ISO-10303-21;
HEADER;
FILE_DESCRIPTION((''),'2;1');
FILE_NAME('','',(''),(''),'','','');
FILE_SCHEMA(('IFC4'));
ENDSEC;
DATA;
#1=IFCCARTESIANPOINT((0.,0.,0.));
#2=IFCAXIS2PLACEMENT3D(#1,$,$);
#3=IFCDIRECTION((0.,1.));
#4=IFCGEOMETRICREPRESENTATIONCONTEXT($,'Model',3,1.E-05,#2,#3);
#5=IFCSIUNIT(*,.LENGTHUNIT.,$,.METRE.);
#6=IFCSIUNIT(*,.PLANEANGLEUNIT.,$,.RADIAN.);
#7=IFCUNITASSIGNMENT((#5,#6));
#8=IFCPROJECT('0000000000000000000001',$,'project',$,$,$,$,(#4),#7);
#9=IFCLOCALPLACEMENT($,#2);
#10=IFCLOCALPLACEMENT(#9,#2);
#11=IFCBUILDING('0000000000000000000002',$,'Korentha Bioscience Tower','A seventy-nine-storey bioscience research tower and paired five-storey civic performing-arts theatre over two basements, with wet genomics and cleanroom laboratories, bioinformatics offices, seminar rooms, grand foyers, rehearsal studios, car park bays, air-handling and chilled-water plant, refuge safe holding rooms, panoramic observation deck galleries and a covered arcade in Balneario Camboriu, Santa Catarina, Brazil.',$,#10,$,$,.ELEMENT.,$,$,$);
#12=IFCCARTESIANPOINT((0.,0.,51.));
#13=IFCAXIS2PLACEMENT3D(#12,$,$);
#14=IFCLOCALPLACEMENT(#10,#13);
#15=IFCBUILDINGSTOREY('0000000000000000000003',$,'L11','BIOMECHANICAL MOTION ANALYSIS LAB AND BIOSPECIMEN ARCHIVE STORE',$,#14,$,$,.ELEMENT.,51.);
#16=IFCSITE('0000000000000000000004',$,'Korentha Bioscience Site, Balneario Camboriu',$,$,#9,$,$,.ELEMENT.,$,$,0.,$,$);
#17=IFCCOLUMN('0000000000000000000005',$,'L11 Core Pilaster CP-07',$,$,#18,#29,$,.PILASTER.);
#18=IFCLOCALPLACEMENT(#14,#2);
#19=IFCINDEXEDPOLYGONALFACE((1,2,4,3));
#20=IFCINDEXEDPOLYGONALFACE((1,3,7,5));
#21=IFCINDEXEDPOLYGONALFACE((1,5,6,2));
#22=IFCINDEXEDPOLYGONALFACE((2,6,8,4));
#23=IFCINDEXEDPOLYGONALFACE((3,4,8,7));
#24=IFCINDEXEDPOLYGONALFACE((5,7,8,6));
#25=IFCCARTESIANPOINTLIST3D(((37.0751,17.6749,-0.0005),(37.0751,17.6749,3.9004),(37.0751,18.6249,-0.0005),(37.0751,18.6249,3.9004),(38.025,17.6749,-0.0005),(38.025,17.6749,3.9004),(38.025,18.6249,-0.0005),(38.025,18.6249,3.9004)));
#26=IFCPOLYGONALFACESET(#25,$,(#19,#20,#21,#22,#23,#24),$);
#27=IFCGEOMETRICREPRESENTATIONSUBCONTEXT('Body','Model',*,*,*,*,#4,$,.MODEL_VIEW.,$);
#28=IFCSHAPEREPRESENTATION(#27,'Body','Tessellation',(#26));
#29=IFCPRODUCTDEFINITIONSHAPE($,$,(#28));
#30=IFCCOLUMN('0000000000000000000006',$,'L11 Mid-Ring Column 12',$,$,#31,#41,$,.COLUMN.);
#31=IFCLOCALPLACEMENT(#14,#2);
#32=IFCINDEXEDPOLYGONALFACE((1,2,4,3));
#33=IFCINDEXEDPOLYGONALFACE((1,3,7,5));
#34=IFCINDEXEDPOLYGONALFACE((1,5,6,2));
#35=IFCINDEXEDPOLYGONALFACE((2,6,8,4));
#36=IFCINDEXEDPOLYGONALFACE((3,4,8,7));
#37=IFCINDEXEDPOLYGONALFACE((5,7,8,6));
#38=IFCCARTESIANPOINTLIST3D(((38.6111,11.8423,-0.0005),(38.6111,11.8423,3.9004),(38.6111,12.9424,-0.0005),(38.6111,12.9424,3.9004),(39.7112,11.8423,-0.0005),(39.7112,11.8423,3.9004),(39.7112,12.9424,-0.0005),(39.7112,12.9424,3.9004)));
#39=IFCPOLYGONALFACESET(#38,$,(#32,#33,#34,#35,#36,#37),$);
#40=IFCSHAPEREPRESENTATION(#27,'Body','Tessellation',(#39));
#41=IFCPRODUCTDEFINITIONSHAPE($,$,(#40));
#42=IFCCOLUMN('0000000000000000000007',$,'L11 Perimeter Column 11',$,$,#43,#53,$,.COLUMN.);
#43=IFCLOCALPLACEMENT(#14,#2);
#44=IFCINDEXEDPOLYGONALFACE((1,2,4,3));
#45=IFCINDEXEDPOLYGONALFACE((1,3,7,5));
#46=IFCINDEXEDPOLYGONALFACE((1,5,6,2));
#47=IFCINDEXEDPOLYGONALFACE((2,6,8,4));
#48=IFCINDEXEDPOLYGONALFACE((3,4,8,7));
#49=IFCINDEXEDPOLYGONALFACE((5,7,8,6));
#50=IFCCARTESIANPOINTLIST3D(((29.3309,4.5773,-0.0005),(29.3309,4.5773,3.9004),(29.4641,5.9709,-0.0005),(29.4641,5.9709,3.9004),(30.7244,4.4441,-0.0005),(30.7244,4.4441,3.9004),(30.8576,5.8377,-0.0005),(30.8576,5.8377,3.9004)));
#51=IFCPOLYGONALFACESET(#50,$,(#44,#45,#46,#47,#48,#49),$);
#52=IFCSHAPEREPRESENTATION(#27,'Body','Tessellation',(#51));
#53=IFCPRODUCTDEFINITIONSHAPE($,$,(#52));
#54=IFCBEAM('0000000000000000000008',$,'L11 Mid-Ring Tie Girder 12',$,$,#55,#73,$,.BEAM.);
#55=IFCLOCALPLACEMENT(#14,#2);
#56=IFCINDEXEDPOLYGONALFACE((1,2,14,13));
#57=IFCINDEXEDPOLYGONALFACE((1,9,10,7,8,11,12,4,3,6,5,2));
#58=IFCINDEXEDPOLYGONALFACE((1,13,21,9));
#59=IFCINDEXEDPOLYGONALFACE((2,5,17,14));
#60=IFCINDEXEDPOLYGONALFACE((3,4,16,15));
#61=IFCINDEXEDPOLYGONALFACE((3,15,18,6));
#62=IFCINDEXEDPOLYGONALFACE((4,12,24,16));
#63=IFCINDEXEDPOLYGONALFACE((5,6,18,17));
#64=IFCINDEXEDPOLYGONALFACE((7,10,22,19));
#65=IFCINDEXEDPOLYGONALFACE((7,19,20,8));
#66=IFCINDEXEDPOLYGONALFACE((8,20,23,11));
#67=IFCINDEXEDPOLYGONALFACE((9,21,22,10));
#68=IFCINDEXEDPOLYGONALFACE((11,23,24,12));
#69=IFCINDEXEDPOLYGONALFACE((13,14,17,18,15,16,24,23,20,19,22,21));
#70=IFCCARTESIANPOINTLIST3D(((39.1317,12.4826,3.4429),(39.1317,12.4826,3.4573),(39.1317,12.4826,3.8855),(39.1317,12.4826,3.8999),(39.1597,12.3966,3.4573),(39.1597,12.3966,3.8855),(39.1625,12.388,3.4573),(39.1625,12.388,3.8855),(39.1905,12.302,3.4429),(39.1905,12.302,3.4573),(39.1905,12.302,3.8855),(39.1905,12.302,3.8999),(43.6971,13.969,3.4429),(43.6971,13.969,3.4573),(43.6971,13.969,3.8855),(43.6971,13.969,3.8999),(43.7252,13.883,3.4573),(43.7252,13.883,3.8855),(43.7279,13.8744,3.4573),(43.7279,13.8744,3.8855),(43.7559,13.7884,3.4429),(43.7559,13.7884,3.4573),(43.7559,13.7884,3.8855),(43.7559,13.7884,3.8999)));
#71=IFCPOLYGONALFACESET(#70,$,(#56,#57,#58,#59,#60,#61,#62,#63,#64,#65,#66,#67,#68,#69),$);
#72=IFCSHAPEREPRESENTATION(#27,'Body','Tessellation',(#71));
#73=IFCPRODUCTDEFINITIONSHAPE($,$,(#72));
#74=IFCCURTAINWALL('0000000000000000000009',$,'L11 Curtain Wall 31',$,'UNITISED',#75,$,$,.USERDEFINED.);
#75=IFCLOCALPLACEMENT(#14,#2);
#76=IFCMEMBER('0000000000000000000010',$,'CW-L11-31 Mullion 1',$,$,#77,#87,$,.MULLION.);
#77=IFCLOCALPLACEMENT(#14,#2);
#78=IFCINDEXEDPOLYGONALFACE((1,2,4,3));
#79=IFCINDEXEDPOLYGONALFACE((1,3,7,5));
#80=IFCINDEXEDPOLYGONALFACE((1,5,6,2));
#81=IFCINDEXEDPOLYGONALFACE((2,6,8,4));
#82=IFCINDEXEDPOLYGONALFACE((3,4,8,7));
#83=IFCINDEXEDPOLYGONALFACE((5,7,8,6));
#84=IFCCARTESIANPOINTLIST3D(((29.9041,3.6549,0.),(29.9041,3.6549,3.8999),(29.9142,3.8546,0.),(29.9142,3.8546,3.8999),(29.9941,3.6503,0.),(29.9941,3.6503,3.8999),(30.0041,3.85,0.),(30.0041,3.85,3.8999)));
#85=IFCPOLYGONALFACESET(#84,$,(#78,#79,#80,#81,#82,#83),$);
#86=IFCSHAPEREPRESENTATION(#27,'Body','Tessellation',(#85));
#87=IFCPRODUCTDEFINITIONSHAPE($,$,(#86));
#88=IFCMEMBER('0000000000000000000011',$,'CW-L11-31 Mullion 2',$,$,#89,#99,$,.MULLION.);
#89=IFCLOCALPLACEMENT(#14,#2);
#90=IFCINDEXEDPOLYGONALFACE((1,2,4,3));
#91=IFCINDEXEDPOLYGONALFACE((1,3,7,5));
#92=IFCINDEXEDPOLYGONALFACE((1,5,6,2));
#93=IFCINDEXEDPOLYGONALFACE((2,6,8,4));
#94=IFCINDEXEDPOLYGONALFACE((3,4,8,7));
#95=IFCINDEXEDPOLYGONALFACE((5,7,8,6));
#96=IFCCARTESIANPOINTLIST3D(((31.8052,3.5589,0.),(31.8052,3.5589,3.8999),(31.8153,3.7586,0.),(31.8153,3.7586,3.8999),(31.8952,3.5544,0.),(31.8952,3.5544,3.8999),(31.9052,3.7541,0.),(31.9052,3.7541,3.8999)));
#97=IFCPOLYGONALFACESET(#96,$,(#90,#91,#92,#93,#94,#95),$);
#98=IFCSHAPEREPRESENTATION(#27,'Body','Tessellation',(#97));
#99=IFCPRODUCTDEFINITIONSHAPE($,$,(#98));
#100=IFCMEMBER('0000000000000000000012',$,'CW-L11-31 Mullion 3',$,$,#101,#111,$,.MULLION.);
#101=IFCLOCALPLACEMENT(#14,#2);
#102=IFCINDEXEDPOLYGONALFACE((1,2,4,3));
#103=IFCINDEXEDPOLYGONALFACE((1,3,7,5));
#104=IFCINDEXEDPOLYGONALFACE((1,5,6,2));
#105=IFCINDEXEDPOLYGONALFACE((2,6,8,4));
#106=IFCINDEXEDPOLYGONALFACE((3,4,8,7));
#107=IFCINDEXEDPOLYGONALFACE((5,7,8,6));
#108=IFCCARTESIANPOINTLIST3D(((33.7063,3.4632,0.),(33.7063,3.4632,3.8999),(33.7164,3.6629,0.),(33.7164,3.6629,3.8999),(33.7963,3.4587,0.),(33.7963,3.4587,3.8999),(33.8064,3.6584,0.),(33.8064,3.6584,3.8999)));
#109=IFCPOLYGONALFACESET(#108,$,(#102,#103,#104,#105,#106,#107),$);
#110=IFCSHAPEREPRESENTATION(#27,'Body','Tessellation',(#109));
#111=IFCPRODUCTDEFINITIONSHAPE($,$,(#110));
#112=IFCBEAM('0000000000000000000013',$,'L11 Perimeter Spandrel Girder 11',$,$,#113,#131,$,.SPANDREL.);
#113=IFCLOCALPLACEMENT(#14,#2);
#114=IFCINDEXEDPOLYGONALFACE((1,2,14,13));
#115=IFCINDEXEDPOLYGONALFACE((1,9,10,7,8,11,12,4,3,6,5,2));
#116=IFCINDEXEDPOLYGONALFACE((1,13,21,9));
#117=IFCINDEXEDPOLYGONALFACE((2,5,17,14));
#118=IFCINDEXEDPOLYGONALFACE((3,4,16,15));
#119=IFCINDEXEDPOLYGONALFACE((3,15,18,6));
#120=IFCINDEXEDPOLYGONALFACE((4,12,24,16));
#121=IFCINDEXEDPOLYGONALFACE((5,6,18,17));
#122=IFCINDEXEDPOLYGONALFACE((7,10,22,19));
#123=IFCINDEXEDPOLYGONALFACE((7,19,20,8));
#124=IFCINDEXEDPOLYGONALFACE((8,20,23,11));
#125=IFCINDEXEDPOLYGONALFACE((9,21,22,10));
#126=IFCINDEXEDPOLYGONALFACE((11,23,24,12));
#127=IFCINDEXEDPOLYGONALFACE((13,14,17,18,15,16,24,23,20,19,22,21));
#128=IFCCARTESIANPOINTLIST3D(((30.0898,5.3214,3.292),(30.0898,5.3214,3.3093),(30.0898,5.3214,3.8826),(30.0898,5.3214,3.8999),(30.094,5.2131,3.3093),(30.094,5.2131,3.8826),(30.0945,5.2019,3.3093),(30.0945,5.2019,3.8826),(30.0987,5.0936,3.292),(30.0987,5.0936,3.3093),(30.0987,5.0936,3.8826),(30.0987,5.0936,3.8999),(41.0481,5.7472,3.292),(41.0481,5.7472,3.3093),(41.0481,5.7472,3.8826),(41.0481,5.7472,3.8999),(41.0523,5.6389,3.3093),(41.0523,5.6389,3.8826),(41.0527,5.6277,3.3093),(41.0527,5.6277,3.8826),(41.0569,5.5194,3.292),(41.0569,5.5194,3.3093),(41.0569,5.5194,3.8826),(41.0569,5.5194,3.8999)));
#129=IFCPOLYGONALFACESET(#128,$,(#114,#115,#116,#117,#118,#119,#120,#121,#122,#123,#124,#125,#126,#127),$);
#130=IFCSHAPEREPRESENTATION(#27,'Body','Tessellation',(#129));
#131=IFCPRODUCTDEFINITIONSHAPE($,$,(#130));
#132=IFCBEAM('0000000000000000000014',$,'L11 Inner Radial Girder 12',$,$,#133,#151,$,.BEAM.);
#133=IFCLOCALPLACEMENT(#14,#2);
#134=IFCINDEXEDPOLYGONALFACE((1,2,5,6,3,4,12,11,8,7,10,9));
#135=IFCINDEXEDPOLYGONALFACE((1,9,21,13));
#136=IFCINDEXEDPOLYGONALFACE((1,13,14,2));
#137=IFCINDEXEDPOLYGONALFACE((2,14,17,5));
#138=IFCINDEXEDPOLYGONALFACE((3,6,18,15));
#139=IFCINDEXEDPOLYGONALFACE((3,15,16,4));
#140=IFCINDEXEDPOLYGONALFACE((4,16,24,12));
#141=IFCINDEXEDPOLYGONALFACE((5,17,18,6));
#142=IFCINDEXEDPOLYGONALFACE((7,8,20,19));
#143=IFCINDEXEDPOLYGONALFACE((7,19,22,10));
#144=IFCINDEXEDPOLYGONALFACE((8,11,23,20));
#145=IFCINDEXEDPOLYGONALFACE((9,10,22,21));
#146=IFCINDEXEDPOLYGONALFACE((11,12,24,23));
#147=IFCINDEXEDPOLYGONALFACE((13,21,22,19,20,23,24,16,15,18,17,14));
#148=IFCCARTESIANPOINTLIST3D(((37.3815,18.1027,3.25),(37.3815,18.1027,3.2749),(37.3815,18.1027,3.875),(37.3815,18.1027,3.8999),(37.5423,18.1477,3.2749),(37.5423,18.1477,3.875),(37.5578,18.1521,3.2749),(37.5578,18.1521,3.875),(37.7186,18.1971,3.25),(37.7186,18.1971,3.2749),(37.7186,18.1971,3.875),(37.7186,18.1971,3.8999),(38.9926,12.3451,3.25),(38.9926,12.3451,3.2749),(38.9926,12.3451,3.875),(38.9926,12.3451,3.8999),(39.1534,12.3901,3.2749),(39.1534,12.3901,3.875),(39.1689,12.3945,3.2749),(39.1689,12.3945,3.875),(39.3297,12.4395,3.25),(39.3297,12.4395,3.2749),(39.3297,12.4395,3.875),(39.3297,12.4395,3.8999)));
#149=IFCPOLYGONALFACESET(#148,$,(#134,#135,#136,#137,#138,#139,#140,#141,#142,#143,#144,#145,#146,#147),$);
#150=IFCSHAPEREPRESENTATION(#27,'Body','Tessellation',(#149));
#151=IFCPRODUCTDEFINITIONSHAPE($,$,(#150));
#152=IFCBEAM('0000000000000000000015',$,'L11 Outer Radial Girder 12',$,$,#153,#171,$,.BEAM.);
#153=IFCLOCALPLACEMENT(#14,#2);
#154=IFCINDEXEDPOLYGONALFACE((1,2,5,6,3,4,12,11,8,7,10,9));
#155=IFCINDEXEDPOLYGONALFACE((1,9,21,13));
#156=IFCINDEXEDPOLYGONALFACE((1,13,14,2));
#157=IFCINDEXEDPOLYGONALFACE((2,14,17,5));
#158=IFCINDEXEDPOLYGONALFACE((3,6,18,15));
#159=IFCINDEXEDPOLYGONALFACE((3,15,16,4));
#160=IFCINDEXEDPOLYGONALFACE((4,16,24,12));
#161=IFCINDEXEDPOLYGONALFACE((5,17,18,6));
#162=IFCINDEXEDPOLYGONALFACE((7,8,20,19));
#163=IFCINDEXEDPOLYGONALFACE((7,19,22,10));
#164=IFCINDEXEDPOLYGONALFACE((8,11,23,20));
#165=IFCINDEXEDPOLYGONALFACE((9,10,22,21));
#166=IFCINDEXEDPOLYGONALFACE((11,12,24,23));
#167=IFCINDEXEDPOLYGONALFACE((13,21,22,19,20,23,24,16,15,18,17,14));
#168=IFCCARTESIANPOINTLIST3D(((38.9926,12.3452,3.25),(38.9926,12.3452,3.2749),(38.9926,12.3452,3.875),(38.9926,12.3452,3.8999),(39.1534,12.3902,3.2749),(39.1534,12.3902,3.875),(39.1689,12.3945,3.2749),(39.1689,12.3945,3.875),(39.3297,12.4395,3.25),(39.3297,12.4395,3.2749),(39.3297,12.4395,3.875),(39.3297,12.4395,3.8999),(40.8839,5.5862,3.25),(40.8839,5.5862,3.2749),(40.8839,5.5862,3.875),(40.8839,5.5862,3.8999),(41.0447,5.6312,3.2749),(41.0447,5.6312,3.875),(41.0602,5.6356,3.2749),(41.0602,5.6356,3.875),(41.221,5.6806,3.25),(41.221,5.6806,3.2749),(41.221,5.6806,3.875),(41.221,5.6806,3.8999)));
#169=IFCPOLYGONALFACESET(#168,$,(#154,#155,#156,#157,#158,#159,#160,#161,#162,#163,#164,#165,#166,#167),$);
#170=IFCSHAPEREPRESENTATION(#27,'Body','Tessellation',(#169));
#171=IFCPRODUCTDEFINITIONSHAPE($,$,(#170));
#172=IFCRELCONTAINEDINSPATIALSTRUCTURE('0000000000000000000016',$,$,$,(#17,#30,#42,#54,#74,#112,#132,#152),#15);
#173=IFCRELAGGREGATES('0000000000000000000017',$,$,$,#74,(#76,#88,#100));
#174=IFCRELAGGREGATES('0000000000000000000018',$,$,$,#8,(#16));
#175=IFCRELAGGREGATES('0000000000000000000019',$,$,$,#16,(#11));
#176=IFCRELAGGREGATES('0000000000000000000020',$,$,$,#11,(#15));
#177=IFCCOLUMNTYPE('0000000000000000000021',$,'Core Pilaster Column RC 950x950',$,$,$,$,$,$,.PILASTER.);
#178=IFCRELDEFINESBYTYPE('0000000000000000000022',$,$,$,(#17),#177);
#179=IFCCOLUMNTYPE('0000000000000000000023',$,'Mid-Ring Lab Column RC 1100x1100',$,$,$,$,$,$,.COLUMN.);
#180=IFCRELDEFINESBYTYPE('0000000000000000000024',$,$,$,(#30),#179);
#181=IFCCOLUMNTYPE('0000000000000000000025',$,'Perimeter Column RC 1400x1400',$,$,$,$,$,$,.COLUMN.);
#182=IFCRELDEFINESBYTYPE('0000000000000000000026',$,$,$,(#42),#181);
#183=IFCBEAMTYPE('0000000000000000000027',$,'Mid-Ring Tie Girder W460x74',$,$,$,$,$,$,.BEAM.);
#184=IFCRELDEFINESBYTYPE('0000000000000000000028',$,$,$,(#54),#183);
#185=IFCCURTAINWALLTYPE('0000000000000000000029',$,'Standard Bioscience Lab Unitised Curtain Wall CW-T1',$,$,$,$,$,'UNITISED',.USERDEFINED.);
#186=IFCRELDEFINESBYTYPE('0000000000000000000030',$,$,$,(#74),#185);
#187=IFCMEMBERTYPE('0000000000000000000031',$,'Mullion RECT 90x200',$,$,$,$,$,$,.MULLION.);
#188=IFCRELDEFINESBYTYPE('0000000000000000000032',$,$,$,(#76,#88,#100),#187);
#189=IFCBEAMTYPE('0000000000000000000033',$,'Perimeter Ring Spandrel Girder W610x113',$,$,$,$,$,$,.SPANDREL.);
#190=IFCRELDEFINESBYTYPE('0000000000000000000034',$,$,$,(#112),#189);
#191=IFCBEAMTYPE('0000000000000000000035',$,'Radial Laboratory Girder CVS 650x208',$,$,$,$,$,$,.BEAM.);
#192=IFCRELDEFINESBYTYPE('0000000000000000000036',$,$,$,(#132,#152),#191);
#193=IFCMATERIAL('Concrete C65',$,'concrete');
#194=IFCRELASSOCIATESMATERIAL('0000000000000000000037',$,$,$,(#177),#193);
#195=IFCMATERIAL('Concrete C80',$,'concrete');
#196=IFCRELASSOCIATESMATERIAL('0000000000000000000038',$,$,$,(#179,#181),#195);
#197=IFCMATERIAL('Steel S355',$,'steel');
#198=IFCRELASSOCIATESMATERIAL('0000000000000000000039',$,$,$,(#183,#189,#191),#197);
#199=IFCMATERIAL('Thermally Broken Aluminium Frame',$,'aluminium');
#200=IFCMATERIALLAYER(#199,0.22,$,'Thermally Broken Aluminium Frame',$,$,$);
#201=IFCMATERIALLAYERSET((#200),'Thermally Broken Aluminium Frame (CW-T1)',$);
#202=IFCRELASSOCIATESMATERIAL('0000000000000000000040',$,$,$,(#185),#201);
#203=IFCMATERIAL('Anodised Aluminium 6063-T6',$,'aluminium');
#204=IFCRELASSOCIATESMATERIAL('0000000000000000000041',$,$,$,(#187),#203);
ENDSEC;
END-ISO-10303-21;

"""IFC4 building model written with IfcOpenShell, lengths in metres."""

from ifc_helpers import new_model, si_unit, direction, frame, origin, origin_2d, place, context, subcontext, project, spatial, rectangle, i_section, extrude, material, layer, layer_set, material_profile, profile_set, type_object, element, aggregate, save


model = new_model("IFC4")

# Units and contexts
model_context = context("Model", 3, precision=1e-05, world=origin(), true_north=direction((0.0, 1.0)))
body_context = subcontext(model_context, "Body", "Model", "MODEL_VIEW")
ifc_project = project(units=[si_unit("LENGTHUNIT", "METRE"), si_unit("PLANEANGLEUNIT", "RADIAN")], contexts=[model_context])

# Site, building, storey
site_placement = place(None, origin())
site = spatial("IfcSite", under=ifc_project, at=site_placement, Name="Korentha Bioscience Site, Balneario Camboriu", CompositionType="ELEMENT", RefElevation=0.0)
building_placement = place(site_placement, origin())
building = spatial("IfcBuilding", under=site, at=building_placement, Name="Korentha Bioscience Tower", Description="A seventy-nine-storey bioscience research tower and paired five-storey civic performing-arts theatre over two basements, with wet genomics and cleanroom laboratories, bioinformatics offices, seminar rooms, grand foyers, rehearsal studios, car park bays, air-handling and chilled-water plant, refuge safe holding rooms, panoramic observation deck galleries and a covered arcade in Balneario Camboriu, Santa Catarina, Brazil.", CompositionType="ELEMENT")
storey_placement = place(building_placement, frame((0.0, 0.0, 51.0)))
storey = spatial("IfcBuildingStorey", under=building, at=storey_placement, Name="L11", Description="BIOMECHANICAL MOTION ANALYSIS LAB AND BIOSPECIMEN ARCHIVE STORE", CompositionType="ELEMENT", Elevation=51.0)

# Columns
ifc_material_1 = material(Name="Concrete C65", Category="concrete")
ifc_material_profile_1 = material_profile(ifc_material_1, rectangle(XDim=0.95, YDim=0.95, at=origin_2d()), Name="Concrete C65")
ifc_profile_set_1 = profile_set([ifc_material_profile_1], Name="Concrete C65 (COL-CP09)")
column_type_1 = type_object("IfcColumnType", Name="Core Pilaster Column RC 950x950", PredefinedType="PILASTER", material=ifc_profile_set_1)
column_1_placement = place(storey_placement, frame((37.55, 18.1499, -0.0005), z_axis=(0.0, 0.0, 1.0), x_axis=(1.0, 0.0, 0.0)))
element("IfcColumn", 1, at=column_1_placement, inside=storey, type_object=column_type_1, Name="L11 Core Pilaster CP-07", PredefinedType="PILASTER", context=body_context, shape_type="SweptSolid", body=[
    extrude(rectangle(XDim=0.95, YDim=0.95, at=origin_2d()), origin(), (0.0, 0.0, 1.0), 3.9009),
])
ifc_material_2 = material(Name="Concrete C80", Category="concrete")
ifc_material_profile_2 = material_profile(ifc_material_2, rectangle(XDim=1.1001, YDim=1.1001, at=origin_2d()), Name="Concrete C80")
ifc_profile_set_2 = profile_set([ifc_material_profile_2], Name="Concrete C80 (COL-MR11)")
column_type_2 = type_object("IfcColumnType", Name="Mid-Ring Lab Column RC 1100x1100", PredefinedType="COLUMN", material=ifc_profile_set_2)
column_2_placement = place(storey_placement, frame((39.1611, 12.3923, -0.0005), z_axis=(0.0, 0.0, 1.0), x_axis=(1.0, 0.0, 0.0)))
element("IfcColumn", 2, at=column_2_placement, inside=storey, type_object=column_type_2, Name="L11 Mid-Ring Column 12", PredefinedType="COLUMN", context=body_context, shape_type="SweptSolid", body=[
    extrude(rectangle(XDim=1.1001, YDim=1.1001, at=origin_2d()), origin(), (0.0, 0.0, 1.0), 3.9009),
])
ifc_material_profile_3 = material_profile(ifc_material_2, rectangle(XDim=1.3999, YDim=1.3999, at=origin_2d()), Name="Concrete C80")
ifc_profile_set_3 = profile_set([ifc_material_profile_3], Name="Concrete C80 (COL-P14)")
column_type_3 = type_object("IfcColumnType", Name="Perimeter Column RC 1400x1400", PredefinedType="COLUMN", material=ifc_profile_set_3)
column_3_placement = place(storey_placement, frame((30.0942, 5.2075, -0.0005), z_axis=(0.0, 0.0, 1.0), x_axis=(-0.995463, 0.095151, 0.0)))
element("IfcColumn", 3, at=column_3_placement, inside=storey, type_object=column_type_3, Name="L11 Perimeter Column 11", PredefinedType="COLUMN", context=body_context, shape_type="SweptSolid", body=[
    extrude(rectangle(XDim=1.3999, YDim=1.3999, at=origin_2d()), origin(), (0.0, 0.0, 1.0), 3.9009),
])

# Beam
ifc_material_3 = material(Name="Steel S355", Category="steel")
ifc_material_profile_4 = material_profile(ifc_material_3, i_section(OverallWidth=0.1899, OverallDepth=0.457, WebThickness=0.009, FlangeThickness=0.0144, at=origin_2d()), Name="Steel S355")
ifc_profile_set_4 = profile_set([ifc_material_profile_4], Name="Steel S355 (MB-460)")
beam_type_1 = type_object("IfcBeamType", Name="Mid-Ring Tie Girder W460x74", PredefinedType="BEAM", material=ifc_profile_set_4)
beam_1_placement = place(storey_placement, frame((39.1611, 12.3923, 3.6714), z_axis=(0.950877, 0.309569, 0.0), x_axis=(-0.309569, 0.950877, 0.0)))
element("IfcBeam", 4, at=beam_1_placement, inside=storey, type_object=beam_type_1, Name="L11 Mid-Ring Tie Girder 12", PredefinedType="BEAM", context=body_context, shape_type="SweptSolid", body=[
    extrude(i_section(OverallWidth=0.1899, OverallDepth=0.457, WebThickness=0.009, FlangeThickness=0.0144, at=origin_2d()), origin(), (0.0, 0.0, 1.0), 4.8013),
])

# Curtain wall, members
ifc_material_4 = material(Name="Thermally Broken Aluminium Frame", Category="aluminium")
ifc_layer_1 = layer(ifc_material_4, 0.22, Name="Thermally Broken Aluminium Frame")
ifc_layer_set_1 = layer_set([ifc_layer_1], Name="Thermally Broken Aluminium Frame (CW-T1)")
curtain_wall_type = type_object("IfcCurtainWallType", Name="Standard Bioscience Lab Unitised Curtain Wall CW-T1", ElementType="UNITISED", PredefinedType="USERDEFINED", material=ifc_layer_set_1)
curtain_wall_placement = place(storey_placement, origin())
curtain_wall = element("IfcCurtainWall", 5, at=curtain_wall_placement, inside=storey, type_object=curtain_wall_type, Name="L11 Curtain Wall 31", ObjectType="UNITISED", PredefinedType="USERDEFINED")
ifc_material_5 = material(Name="Anodised Aluminium 6063-T6", Category="aluminium")
ifc_material_profile_5 = material_profile(ifc_material_5, rectangle(XDim=0.0901, YDim=0.2, at=origin_2d()), Name="Anodised Aluminium 6063-T6")
ifc_profile_set_5 = profile_set([ifc_material_profile_5], Name="Anodised Aluminium 6063-T6 (CW-MUL)")
member_type_1 = type_object("IfcMemberType", Name="Mullion RECT 90x200", PredefinedType="MULLION", material=ifc_profile_set_5)
member_1_placement = place(storey_placement, frame((29.9541, 3.7524, 0.0), z_axis=(0.0, 0.0, 1.0), x_axis=(0.998731, -0.050371, 0.0)))
member_1 = element("IfcMember", 6, at=member_1_placement, type_object=member_type_1, Name="CW-L11-31 Mullion 1", PredefinedType="MULLION", context=body_context, shape_type="SweptSolid", body=[
    extrude(rectangle(XDim=0.0901, YDim=0.2, at=origin_2d()), origin(), (0.0, 0.0, 1.0), 3.8999),
])
member_2_placement = place(storey_placement, frame((31.8552, 3.6565, 0.0), z_axis=(0.0, 0.0, 1.0), x_axis=(0.998731, -0.050371, 0.0)))
member_2 = element("IfcMember", 7, at=member_2_placement, type_object=member_type_1, Name="CW-L11-31 Mullion 2", PredefinedType="MULLION", context=body_context, shape_type="SweptSolid", body=[
    extrude(rectangle(XDim=0.0901, YDim=0.2, at=origin_2d()), origin(), (0.0, 0.0, 1.0), 3.8999),
])
member_3_placement = place(storey_placement, frame((33.7563, 3.5608, 0.0), z_axis=(0.0, 0.0, 1.0), x_axis=(0.998731, -0.050371, 0.0)))
member_3 = element("IfcMember", 8, at=member_3_placement, type_object=member_type_1, Name="CW-L11-31 Mullion 3", PredefinedType="MULLION", context=body_context, shape_type="SweptSolid", body=[
    extrude(rectangle(XDim=0.0901, YDim=0.2, at=origin_2d()), origin(), (0.0, 0.0, 1.0), 3.8999),
])

# Beams
ifc_material_profile_6 = material_profile(ifc_material_3, i_section(OverallWidth=0.228, OverallDepth=0.6079, WebThickness=0.0112, FlangeThickness=0.0173, at=origin_2d()), Name="Steel S355")
ifc_profile_set_6 = profile_set([ifc_material_profile_6], Name="Steel S355 (SB-610)")
beam_type_2 = type_object("IfcBeamType", Name="Perimeter Ring Spandrel Girder W610x113", PredefinedType="SPANDREL", material=ifc_profile_set_6)
beam_2_placement = place(storey_placement, frame((30.0942, 5.2075, 3.5959), z_axis=(0.999246, 0.038826, 0.0), x_axis=(-0.038826, 0.999246, 0.0)))
element("IfcBeam", 9, at=beam_2_placement, inside=storey, type_object=beam_type_2, Name="L11 Perimeter Spandrel Girder 11", PredefinedType="SPANDREL", context=body_context, shape_type="SweptSolid", body=[
    extrude(i_section(OverallWidth=0.228, OverallDepth=0.6079, WebThickness=0.0112, FlangeThickness=0.0173, at=origin_2d()), origin(), (0.0, 0.0, 1.0), 10.9666),
])
ifc_material_profile_7 = material_profile(ifc_material_3, i_section(OverallWidth=0.3501, OverallDepth=0.6499, WebThickness=0.0161, FlangeThickness=0.0249, at=origin_2d()), Name="Steel S355")
ifc_profile_set_7 = profile_set([ifc_material_profile_7], Name="Steel S355 (RB-650)")
beam_type_3 = type_object("IfcBeamType", Name="Radial Laboratory Girder CVS 650x208", PredefinedType="BEAM", material=ifc_profile_set_7)
beam_3_placement = place(storey_placement, frame((37.55, 18.1499, 3.575), z_axis=(0.269469, -0.963009, 0.0), x_axis=(0.963009, 0.269469, 0.0)))
element("IfcBeam", 10, at=beam_3_placement, inside=storey, type_object=beam_type_3, Name="L11 Inner Radial Girder 12", PredefinedType="BEAM", context=body_context, shape_type="SweptSolid", body=[
    extrude(i_section(OverallWidth=0.3501, OverallDepth=0.6499, WebThickness=0.0161, FlangeThickness=0.0249, at=origin_2d()), origin(), (0.0, 0.0, 1.0), 5.9788),
])
beam_4_placement = place(storey_placement, frame((39.1611, 12.3923, 3.575), z_axis=(0.269475, -0.963007, 0.0), x_axis=(0.963007, 0.269475, 0.0)))
element("IfcBeam", 11, at=beam_4_placement, inside=storey, type_object=beam_type_3, Name="L11 Outer Radial Girder 12", PredefinedType="BEAM", context=body_context, shape_type="SweptSolid", body=[
    extrude(i_section(OverallWidth=0.3501, OverallDepth=0.6499, WebThickness=0.0161, FlangeThickness=0.0249, at=origin_2d()), origin(), (0.0, 0.0, 1.0), 7.0186),
])

aggregate(curtain_wall, [member_1, member_2, member_3])

save(model, "model.ifc")
